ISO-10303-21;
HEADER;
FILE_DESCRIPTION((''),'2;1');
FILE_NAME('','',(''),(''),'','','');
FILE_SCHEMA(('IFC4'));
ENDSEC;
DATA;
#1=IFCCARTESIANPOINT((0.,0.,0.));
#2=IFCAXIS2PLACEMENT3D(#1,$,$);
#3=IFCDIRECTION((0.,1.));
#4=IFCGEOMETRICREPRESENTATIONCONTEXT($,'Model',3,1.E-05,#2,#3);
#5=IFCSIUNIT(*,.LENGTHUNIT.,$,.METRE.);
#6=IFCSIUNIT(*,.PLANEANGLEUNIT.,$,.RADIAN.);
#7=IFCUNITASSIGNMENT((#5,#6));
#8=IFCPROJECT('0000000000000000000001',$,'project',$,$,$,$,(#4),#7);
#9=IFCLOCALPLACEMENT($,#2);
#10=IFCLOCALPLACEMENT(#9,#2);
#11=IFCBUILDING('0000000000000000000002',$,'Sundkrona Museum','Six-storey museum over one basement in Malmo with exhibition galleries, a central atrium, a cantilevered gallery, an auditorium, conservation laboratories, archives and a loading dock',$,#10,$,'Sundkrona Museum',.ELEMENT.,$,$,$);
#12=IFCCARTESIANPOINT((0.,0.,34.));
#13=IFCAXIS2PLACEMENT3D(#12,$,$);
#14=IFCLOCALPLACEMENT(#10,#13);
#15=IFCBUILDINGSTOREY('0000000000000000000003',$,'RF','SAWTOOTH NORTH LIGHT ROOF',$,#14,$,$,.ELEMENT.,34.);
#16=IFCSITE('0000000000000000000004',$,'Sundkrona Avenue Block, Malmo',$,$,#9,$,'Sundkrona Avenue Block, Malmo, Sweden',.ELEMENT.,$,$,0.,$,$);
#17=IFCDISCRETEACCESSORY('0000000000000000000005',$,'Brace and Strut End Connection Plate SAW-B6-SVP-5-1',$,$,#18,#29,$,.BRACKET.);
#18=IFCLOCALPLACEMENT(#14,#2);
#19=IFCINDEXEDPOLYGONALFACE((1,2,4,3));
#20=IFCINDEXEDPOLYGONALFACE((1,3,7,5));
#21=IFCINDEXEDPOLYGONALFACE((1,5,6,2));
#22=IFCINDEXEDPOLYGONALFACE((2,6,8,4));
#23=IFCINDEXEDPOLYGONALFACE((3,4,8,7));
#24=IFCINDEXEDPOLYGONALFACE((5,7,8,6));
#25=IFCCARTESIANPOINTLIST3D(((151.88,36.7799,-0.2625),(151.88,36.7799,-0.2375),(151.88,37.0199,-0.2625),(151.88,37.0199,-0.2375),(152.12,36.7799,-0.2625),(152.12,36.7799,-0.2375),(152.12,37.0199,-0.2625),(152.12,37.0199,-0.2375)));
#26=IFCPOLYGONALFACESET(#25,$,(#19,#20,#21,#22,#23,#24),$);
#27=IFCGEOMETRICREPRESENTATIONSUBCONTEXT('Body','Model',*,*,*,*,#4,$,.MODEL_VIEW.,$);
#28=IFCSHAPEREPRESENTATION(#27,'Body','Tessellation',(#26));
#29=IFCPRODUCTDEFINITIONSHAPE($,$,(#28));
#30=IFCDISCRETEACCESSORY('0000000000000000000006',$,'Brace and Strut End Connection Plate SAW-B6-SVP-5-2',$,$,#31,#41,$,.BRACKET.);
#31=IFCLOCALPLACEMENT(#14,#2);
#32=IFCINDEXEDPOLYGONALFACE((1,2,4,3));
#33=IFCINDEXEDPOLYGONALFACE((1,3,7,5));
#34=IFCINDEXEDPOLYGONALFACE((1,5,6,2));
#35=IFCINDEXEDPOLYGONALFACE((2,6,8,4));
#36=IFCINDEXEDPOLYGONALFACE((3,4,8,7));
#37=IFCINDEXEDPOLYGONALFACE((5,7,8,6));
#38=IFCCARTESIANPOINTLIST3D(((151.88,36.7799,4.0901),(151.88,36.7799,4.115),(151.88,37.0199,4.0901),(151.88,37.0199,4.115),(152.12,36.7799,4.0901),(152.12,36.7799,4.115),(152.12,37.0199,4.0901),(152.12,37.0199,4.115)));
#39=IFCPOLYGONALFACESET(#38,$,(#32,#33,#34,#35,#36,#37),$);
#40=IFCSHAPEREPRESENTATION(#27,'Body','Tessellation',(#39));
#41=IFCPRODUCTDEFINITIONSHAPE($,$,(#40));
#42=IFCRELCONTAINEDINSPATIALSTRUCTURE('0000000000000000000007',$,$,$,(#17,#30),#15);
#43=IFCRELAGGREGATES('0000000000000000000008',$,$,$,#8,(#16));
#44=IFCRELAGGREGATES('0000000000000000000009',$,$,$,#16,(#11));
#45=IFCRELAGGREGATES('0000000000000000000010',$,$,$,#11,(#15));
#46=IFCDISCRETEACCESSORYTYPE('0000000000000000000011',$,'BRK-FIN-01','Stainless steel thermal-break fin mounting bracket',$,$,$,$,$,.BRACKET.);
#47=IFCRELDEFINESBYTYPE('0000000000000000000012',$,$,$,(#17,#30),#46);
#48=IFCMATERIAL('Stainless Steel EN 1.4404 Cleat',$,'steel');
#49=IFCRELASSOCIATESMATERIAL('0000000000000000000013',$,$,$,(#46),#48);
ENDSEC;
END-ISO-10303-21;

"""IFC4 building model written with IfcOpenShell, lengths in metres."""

from ifc_helpers import new_model, si_unit, direction, frame, origin, origin_2d, place, context, subcontext, project, spatial, rectangle, extrude, material, type_object, element, save


model = new_model("IFC4")

# Units and contexts
model_context = context("Model", 3, precision=1e-05, world=origin(), true_north=direction((0.0, 1.0)))
body_context = subcontext(model_context, "Body", "Model", "MODEL_VIEW")
ifc_project = project(units=[si_unit("LENGTHUNIT", "METRE"), si_unit("PLANEANGLEUNIT", "RADIAN")], contexts=[model_context])

# Site, building, storey
site_placement = place(None, origin())
site = spatial("IfcSite", under=ifc_project, at=site_placement, Name="Sundkrona Avenue Block, Malmo", LongName="Sundkrona Avenue Block, Malmo, Sweden", CompositionType="ELEMENT", RefElevation=0.0)
building_placement = place(site_placement, origin())
building = spatial("IfcBuilding", under=site, at=building_placement, Name="Sundkrona Museum", Description="Six-storey museum over one basement in Malmo with exhibition galleries, a central atrium, a cantilevered gallery, an auditorium, conservation laboratories, archives and a loading dock", LongName="Sundkrona Museum", CompositionType="ELEMENT")
storey_placement = place(building_placement, frame((0.0, 0.0, 34.0)))
storey = spatial("IfcBuildingStorey", under=building, at=storey_placement, Name="RF", Description="SAWTOOTH NORTH LIGHT ROOF", CompositionType="ELEMENT", Elevation=34.0)

# Discrete accessories
ifc_material_1 = material(Name="Stainless Steel EN 1.4404 Cleat", Category="steel")
discrete_accessory_type = type_object("IfcDiscreteAccessoryType", Name="BRK-FIN-01", Description="Stainless steel thermal-break fin mounting bracket", PredefinedType="BRACKET", material=ifc_material_1)
for number, where, z_axis, x_axis, name in (
    (1, (152.0, 36.8999, -0.2625), (0.0, 0.0, 1.0), (1.0, 0.0, 0.0), "Brace and Strut End Connection Plate SAW-B6-SVP-5-1"),
    (2, (152.0, 36.8999, 4.0901), (0.0, 0.0, 1.0), (1.0, 0.0, 0.0), "Brace and Strut End Connection Plate SAW-B6-SVP-5-2"),
):
    element("IfcDiscreteAccessory", number, at=place(storey_placement, frame(where, z_axis=z_axis, x_axis=x_axis)), inside=storey, type_object=discrete_accessory_type, Name=name, PredefinedType="BRACKET", context=body_context, shape_type="SweptSolid", body=[
        extrude(rectangle(XDim=0.24, YDim=0.24, at=origin_2d()), origin(), (0.0, 0.0, 1.0), 0.0249),
    ])

save(model, "model.ifc")
